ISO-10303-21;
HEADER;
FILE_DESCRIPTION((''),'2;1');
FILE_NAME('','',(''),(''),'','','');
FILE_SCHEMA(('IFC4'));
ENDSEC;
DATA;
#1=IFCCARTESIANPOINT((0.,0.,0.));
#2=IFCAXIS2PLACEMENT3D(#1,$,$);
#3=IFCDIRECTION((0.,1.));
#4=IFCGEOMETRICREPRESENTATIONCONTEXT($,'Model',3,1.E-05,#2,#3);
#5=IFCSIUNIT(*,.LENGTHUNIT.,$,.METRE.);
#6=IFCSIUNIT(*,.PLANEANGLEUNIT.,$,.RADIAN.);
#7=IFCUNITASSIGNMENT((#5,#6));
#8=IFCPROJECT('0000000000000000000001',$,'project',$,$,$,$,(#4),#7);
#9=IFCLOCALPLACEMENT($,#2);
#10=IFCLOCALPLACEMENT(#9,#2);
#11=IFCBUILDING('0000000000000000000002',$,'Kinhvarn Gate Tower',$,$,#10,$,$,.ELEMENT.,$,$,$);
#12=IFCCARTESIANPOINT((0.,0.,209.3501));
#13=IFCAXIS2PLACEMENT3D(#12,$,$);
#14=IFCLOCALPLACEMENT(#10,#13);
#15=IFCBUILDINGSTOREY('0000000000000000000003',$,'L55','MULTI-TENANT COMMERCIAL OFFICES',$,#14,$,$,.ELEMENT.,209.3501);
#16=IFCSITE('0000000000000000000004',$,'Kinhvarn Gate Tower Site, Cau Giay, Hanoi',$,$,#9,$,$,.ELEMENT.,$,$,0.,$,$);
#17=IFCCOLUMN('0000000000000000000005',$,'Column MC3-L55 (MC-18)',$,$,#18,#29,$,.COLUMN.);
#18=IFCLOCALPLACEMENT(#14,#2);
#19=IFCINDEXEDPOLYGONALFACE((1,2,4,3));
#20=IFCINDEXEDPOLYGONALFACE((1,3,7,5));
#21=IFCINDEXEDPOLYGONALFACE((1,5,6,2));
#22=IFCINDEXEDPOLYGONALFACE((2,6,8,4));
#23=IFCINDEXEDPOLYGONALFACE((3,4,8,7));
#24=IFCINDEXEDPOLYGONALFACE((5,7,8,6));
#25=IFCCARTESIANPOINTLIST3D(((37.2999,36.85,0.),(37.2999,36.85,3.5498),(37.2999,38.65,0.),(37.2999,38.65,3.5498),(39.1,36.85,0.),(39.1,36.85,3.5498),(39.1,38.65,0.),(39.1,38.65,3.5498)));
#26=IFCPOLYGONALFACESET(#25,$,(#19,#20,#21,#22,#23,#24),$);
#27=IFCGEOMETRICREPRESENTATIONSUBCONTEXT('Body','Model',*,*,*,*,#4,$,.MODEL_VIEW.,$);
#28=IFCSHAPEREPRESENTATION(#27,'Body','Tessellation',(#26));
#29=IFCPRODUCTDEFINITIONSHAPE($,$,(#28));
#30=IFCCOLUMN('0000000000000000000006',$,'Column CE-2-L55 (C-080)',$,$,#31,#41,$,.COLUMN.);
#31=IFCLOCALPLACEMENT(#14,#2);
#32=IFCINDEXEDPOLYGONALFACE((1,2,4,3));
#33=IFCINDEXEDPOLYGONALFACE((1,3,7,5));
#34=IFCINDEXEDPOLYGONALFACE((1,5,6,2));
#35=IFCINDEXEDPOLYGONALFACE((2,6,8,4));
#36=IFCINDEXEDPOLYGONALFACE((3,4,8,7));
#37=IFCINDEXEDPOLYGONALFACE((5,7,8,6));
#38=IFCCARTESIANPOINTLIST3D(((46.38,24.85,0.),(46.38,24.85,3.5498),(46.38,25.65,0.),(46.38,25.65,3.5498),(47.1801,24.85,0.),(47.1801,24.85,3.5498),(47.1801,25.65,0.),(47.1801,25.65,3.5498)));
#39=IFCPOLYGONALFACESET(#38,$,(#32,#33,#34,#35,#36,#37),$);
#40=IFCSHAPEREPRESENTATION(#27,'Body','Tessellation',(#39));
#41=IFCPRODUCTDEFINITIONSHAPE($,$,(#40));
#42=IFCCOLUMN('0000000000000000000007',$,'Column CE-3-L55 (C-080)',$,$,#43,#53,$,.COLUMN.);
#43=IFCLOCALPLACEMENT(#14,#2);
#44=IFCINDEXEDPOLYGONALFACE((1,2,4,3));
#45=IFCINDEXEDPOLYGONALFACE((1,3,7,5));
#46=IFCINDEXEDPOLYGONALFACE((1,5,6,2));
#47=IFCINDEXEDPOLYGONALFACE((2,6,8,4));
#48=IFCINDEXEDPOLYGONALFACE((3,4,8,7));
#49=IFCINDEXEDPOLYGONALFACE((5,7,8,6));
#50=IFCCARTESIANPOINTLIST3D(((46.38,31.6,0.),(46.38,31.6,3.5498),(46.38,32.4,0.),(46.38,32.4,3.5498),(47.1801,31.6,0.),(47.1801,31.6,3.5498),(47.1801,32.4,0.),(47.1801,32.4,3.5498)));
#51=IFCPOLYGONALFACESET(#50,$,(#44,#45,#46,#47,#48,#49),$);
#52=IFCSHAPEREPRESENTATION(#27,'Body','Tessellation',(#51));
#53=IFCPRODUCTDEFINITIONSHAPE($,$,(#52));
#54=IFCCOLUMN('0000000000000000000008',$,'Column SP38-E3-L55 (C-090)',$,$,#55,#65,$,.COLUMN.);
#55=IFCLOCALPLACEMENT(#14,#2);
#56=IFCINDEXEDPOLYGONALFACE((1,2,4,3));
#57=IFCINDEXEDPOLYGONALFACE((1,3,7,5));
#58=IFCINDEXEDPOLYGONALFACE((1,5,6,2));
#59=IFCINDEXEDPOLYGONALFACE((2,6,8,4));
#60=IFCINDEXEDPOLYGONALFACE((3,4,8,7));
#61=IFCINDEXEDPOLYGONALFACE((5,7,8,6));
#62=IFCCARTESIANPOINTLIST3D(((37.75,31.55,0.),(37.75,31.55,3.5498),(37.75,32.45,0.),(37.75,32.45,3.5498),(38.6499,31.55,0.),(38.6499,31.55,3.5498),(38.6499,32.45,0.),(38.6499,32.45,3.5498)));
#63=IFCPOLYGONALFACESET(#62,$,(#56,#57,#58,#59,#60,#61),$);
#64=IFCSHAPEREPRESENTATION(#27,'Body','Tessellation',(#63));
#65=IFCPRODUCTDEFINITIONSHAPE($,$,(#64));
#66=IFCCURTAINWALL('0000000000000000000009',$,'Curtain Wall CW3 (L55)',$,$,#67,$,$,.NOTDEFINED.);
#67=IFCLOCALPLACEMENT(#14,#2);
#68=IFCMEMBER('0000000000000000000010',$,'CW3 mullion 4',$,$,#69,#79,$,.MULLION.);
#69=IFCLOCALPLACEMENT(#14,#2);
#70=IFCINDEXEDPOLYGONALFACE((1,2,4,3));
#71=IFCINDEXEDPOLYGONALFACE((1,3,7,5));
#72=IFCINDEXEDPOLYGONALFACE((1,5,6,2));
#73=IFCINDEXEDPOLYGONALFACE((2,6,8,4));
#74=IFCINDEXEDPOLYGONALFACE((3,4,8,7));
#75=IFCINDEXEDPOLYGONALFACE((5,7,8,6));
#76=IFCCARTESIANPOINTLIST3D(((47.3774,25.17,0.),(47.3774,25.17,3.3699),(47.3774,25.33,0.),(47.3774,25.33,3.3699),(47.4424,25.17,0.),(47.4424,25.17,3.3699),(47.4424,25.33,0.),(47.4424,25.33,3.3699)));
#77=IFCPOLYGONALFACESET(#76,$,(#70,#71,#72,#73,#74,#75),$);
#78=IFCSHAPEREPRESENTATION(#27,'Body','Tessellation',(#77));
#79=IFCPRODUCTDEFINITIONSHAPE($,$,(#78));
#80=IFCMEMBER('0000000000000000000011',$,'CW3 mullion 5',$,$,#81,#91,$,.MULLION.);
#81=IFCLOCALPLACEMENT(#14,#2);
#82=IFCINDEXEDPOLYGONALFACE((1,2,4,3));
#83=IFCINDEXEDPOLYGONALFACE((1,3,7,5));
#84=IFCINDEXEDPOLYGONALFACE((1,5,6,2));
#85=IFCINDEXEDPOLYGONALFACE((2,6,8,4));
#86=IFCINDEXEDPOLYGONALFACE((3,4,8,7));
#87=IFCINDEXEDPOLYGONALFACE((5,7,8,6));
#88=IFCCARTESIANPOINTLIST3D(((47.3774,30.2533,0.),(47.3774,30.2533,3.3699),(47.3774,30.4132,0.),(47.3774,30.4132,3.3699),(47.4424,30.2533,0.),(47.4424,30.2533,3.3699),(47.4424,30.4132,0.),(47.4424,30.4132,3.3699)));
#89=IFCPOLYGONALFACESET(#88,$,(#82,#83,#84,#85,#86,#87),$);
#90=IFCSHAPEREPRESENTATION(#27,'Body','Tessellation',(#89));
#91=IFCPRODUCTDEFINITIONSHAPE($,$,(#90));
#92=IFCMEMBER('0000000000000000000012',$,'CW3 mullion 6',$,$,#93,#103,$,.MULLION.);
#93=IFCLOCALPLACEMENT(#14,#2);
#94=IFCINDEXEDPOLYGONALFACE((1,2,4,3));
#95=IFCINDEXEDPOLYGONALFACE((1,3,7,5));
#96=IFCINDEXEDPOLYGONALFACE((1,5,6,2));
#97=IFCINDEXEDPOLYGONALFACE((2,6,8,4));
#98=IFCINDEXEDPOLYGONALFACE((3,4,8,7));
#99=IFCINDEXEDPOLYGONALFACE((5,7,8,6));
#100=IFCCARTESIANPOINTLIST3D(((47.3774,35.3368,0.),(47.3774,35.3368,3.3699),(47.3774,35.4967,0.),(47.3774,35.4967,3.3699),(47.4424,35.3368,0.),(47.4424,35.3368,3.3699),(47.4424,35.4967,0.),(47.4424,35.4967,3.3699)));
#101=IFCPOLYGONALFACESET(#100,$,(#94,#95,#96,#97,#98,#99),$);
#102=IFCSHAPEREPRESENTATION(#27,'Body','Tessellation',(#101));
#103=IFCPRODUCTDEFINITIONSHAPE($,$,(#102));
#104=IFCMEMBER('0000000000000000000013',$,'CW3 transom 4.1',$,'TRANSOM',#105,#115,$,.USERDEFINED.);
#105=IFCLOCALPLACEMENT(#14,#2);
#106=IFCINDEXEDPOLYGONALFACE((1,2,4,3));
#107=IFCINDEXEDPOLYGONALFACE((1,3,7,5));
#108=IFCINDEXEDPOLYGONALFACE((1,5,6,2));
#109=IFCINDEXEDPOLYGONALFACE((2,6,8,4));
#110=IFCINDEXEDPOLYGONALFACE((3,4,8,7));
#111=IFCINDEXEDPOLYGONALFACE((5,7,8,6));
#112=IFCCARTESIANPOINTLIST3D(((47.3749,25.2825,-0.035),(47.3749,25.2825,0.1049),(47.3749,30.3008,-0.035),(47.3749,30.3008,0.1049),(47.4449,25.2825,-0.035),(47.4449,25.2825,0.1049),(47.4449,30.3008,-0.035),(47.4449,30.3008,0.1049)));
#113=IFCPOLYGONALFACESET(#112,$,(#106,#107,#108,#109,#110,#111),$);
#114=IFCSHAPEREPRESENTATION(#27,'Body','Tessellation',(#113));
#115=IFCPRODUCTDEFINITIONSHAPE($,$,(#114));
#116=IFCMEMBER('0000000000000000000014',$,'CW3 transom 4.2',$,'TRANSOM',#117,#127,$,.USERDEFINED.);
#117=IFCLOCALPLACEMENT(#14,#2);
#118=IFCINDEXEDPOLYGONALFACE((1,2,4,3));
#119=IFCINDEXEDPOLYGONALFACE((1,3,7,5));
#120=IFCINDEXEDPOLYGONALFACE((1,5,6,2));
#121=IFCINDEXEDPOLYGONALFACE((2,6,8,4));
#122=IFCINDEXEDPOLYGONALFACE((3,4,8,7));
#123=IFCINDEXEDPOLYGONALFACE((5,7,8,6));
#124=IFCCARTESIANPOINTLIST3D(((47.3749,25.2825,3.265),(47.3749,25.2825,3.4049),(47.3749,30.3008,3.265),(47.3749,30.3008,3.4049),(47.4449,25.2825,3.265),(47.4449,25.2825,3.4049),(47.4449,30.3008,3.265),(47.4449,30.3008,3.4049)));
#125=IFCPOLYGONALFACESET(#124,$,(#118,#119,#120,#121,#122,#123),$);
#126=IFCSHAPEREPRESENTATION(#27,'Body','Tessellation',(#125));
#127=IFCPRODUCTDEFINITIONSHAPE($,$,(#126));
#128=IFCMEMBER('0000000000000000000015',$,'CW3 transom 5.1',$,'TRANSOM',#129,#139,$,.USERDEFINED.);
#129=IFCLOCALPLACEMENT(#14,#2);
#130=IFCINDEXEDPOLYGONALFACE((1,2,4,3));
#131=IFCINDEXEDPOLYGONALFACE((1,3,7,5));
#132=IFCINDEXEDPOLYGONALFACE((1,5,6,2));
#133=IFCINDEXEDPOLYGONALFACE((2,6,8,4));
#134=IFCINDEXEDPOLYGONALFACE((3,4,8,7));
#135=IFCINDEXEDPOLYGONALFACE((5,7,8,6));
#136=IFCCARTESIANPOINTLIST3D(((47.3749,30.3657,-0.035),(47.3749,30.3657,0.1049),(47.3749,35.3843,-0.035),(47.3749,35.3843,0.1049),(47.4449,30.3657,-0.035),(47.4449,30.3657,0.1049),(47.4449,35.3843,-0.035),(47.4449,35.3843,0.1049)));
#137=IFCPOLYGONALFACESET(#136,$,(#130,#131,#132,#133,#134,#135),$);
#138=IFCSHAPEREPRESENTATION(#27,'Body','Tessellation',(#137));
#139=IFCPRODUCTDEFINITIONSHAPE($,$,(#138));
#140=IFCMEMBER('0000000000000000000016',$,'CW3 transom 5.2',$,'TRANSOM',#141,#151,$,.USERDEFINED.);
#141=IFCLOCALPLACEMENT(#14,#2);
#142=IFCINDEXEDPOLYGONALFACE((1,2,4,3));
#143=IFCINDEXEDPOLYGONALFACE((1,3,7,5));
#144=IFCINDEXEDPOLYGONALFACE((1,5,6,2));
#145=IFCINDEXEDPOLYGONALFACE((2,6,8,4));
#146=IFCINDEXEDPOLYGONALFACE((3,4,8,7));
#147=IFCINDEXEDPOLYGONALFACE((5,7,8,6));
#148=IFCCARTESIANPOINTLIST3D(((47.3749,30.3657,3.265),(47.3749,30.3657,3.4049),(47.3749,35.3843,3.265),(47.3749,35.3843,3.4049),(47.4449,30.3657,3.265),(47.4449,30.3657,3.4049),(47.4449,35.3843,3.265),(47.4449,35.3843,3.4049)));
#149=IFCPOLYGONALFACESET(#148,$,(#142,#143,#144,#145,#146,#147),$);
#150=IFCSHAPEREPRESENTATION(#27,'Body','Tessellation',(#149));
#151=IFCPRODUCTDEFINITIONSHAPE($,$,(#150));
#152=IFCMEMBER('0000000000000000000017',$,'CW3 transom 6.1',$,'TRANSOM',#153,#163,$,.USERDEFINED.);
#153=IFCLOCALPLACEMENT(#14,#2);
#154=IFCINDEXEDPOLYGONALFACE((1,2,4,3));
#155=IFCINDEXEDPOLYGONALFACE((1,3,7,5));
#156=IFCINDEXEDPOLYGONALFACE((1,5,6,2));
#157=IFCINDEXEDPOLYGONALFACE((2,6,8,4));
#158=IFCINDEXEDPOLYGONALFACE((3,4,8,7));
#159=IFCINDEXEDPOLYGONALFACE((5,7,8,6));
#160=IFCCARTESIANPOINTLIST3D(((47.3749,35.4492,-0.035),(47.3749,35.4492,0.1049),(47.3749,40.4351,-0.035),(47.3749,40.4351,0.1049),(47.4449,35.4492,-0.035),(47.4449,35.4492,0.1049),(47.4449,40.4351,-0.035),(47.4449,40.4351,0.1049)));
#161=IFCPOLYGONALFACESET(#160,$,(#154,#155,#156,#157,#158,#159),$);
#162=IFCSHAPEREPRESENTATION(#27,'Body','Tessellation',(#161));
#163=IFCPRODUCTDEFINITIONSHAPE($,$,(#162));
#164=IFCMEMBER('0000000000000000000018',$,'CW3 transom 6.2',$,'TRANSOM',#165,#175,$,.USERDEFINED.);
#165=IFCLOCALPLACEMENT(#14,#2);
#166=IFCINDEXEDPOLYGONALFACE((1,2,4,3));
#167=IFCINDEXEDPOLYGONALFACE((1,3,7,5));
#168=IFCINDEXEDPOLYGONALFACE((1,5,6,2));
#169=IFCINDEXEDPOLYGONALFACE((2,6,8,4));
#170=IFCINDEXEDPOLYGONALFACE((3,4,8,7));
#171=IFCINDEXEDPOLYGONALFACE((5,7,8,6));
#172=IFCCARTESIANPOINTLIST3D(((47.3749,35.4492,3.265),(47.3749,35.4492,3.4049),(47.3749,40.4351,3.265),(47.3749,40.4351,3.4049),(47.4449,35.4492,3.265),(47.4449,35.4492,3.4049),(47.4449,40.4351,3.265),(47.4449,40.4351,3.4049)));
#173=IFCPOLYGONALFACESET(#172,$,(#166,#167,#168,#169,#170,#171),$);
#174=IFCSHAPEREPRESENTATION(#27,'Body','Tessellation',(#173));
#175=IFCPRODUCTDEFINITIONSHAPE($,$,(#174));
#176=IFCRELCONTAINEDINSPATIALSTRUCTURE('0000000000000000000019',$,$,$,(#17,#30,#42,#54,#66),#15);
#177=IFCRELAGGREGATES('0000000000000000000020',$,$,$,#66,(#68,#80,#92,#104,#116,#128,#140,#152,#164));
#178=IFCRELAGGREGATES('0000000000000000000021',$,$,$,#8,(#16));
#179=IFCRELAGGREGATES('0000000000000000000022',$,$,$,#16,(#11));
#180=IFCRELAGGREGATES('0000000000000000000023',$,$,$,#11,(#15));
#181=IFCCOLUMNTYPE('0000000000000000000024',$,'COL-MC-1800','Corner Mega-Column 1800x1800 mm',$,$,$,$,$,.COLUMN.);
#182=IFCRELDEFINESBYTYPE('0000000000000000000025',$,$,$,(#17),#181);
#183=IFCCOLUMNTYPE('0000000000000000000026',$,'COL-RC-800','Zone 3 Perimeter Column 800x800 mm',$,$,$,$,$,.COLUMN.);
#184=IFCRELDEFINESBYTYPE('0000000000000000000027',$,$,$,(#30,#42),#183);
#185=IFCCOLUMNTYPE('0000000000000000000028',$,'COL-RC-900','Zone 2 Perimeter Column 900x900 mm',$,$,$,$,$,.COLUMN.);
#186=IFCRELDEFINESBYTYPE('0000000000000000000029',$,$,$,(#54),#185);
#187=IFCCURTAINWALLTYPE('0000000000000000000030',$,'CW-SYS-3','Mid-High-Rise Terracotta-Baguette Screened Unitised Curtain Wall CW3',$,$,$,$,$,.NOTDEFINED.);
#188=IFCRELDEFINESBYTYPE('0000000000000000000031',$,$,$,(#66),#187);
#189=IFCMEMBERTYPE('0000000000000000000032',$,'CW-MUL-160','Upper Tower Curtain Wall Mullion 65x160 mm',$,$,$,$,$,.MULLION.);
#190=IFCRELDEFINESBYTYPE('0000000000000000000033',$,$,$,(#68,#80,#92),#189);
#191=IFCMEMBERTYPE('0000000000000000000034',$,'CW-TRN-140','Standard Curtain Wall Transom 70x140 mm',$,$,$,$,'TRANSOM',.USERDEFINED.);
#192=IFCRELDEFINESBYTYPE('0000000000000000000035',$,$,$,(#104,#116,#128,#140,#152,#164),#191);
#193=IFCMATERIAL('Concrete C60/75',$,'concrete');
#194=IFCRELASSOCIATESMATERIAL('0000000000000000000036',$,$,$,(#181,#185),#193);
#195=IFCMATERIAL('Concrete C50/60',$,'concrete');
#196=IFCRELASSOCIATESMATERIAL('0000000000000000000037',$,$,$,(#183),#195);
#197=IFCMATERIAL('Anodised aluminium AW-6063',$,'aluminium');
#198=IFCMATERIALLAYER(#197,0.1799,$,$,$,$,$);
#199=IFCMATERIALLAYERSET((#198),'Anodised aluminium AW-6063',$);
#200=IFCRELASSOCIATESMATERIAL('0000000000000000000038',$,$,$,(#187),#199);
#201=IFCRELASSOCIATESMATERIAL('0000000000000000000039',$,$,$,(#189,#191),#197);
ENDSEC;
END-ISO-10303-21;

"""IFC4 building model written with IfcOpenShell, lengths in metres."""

from ifc_helpers import new_model, si_unit, direction, frame, origin, origin_2d, place, context, subcontext, project, spatial, rectangle, extrude, material, layer, layer_set, material_profile, profile_set, type_object, element, aggregate, save


model = new_model("IFC4")

# Units and contexts
model_context = context("Model", 3, precision=1e-05, world=origin(), true_north=direction((0.0, 1.0)))
body_context = subcontext(model_context, "Body", "Model", "MODEL_VIEW")
ifc_project = project(units=[si_unit("LENGTHUNIT", "METRE"), si_unit("PLANEANGLEUNIT", "RADIAN")], contexts=[model_context])

# Site, building, storey
site_placement = place(None, origin())
site = spatial("IfcSite", under=ifc_project, at=site_placement, Name="Kinhvarn Gate Tower Site, Cau Giay, Hanoi", CompositionType="ELEMENT", RefElevation=0.0)
building_placement = place(site_placement, origin())
building = spatial("IfcBuilding", under=site, at=building_placement, Name="Kinhvarn Gate Tower", CompositionType="ELEMENT")
storey_placement = place(building_placement, frame((0.0, 0.0, 209.3501)))
storey = spatial("IfcBuildingStorey", under=building, at=storey_placement, Name="L55", Description="MULTI-TENANT COMMERCIAL OFFICES", CompositionType="ELEMENT", Elevation=209.3501)

# Columns
ifc_material_1 = material(Name="Concrete C60/75", Category="concrete")
ifc_material_profile_1 = material_profile(ifc_material_1, rectangle(XDim=1.8, YDim=1.8, at=origin_2d()), Name="RC 1800x1800")
ifc_profile_set_1 = profile_set([ifc_material_profile_1], Name="Concrete C60/75")
column_type_1 = type_object("IfcColumnType", Name="COL-MC-1800", Description="Corner Mega-Column 1800x1800 mm", PredefinedType="COLUMN", material=ifc_profile_set_1)
column_1_placement = place(storey_placement, frame((38.2, 37.75, 0.0), z_axis=(0.0, 0.0, 1.0), x_axis=(1.0, 0.0, 0.0)))
element("IfcColumn", 1, at=column_1_placement, inside=storey, type_object=column_type_1, Name="Column MC3-L55 (MC-18)", PredefinedType="COLUMN", context=body_context, shape_type="SweptSolid", body=[
    extrude(rectangle(XDim=1.8, YDim=1.8, at=origin_2d()), origin(), (0.0, 0.0, 1.0), 3.5498),
])
ifc_material_2 = material(Name="Concrete C50/60", Category="concrete")
ifc_material_profile_2 = material_profile(ifc_material_2, rectangle(XDim=0.8, YDim=0.8, at=origin_2d()), Name="RC 800x800")
ifc_profile_set_2 = profile_set([ifc_material_profile_2], Name="Concrete C50/60")
column_type_2 = type_object("IfcColumnType", Name="COL-RC-800", Description="Zone 3 Perimeter Column 800x800 mm", PredefinedType="COLUMN", material=ifc_profile_set_2)
for number, where, z_axis, x_axis, name in (
    (2, (46.78, 25.25, 0.0), (0.0, 0.0, 1.0), (1.0, 0.0, 0.0), "Column CE-2-L55 (C-080)"),
    (3, (46.78, 32.0, 0.0), (0.0, 0.0, 1.0), (1.0, 0.0, 0.0), "Column CE-3-L55 (C-080)"),
):
    element("IfcColumn", number, at=place(storey_placement, frame(where, z_axis=z_axis, x_axis=x_axis)), inside=storey, type_object=column_type_2, Name=name, PredefinedType="COLUMN", context=body_context, shape_type="SweptSolid", body=[
        extrude(rectangle(XDim=0.8, YDim=0.8, at=origin_2d()), origin(), (0.0, 0.0, 1.0), 3.5498),
    ])
ifc_material_profile_3 = material_profile(ifc_material_1, rectangle(XDim=0.8999, YDim=0.8999, at=origin_2d()), Name="RC 900x900")
ifc_profile_set_3 = profile_set([ifc_material_profile_3], Name="Concrete C60/75")
column_type_3 = type_object("IfcColumnType", Name="COL-RC-900", Description="Zone 2 Perimeter Column 900x900 mm", PredefinedType="COLUMN", material=ifc_profile_set_3)
column_2_placement = place(storey_placement, frame((38.2, 32.0, 0.0), z_axis=(0.0, 0.0, 1.0), x_axis=(1.0, 0.0, 0.0)))
element("IfcColumn", 4, at=column_2_placement, inside=storey, type_object=column_type_3, Name="Column SP38-E3-L55 (C-090)", PredefinedType="COLUMN", context=body_context, shape_type="SweptSolid", body=[
    extrude(rectangle(XDim=0.8999, YDim=0.8999, at=origin_2d()), origin(), (0.0, 0.0, 1.0), 3.5498),
])

# Curtain wall, members
ifc_material_3 = material(Name="Anodised aluminium AW-6063", Category="aluminium")
ifc_layer_1 = layer(ifc_material_3, 0.1799)
ifc_layer_set_1 = layer_set([ifc_layer_1], Name="Anodised aluminium AW-6063")
curtain_wall_type = type_object("IfcCurtainWallType", Name="CW-SYS-3", Description="Mid-High-Rise Terracotta-Baguette Screened Unitised Curtain Wall CW3", PredefinedType="NOTDEFINED", material=ifc_layer_set_1)
curtain_wall_placement = place(storey_placement, origin())
curtain_wall = element("IfcCurtainWall", 5, at=curtain_wall_placement, inside=storey, type_object=curtain_wall_type, Name="Curtain Wall CW3 (L55)", PredefinedType="NOTDEFINED")
ifc_material_profile_4 = material_profile(ifc_material_3, rectangle(XDim=0.0649, YDim=0.1599, at=origin_2d()), Name="ALU 65x160")
ifc_profile_set_4 = profile_set([ifc_material_profile_4], Name="Anodised aluminium AW-6063")
member_type_1 = type_object("IfcMemberType", Name="CW-MUL-160", Description="Upper Tower Curtain Wall Mullion 65x160 mm", PredefinedType="MULLION", material=ifc_profile_set_4)
member_1_placement = place(storey_placement, frame((47.4099, 25.25, 0.0), z_axis=(0.0, 0.0, 1.0), x_axis=(-1.0, 0.0, 0.0)))
member_1 = element("IfcMember", 6, at=member_1_placement, type_object=member_type_1, Name="CW3 mullion 4", PredefinedType="MULLION", context=body_context, shape_type="SweptSolid", body=[
    extrude(rectangle(XDim=0.0649, YDim=0.1599, at=origin_2d()), origin(), (0.0, 0.0, 1.0), 3.3699),
])
member_2_placement = place(storey_placement, frame((47.4099, 30.3333, 0.0), z_axis=(0.0, 0.0, 1.0), x_axis=(-1.0, 0.0, 0.0)))
member_2 = element("IfcMember", 7, at=member_2_placement, type_object=member_type_1, Name="CW3 mullion 5", PredefinedType="MULLION", context=body_context, shape_type="SweptSolid", body=[
    extrude(rectangle(XDim=0.0649, YDim=0.1599, at=origin_2d()), origin(), (0.0, 0.0, 1.0), 3.3699),
])
member_3_placement = place(storey_placement, frame((47.4099, 35.4167, 0.0), z_axis=(0.0, 0.0, 1.0), x_axis=(-1.0, 0.0, 0.0)))
member_3 = element("IfcMember", 8, at=member_3_placement, type_object=member_type_1, Name="CW3 mullion 6", PredefinedType="MULLION", context=body_context, shape_type="SweptSolid", body=[
    extrude(rectangle(XDim=0.0649, YDim=0.1599, at=origin_2d()), origin(), (0.0, 0.0, 1.0), 3.3699),
])
ifc_material_profile_5 = material_profile(ifc_material_3, rectangle(XDim=0.0701, YDim=0.1399, at=origin_2d()), Name="ALU 70x140")
ifc_profile_set_5 = profile_set([ifc_material_profile_5], Name="Anodised aluminium AW-6063")
member_type_2 = type_object("IfcMemberType", Name="CW-TRN-140", Description="Standard Curtain Wall Transom 70x140 mm", ElementType="TRANSOM", PredefinedType="USERDEFINED", material=ifc_profile_set_5)
member_4_placement = place(storey_placement, frame((47.4099, 25.2825, 0.0349), z_axis=(0.0, 1.0, 0.0), x_axis=(-1.0, 0.0, 0.0)))
member_4 = element("IfcMember", 9, at=member_4_placement, type_object=member_type_2, Name="CW3 transom 4.1", ObjectType="TRANSOM", PredefinedType="USERDEFINED", context=body_context, shape_type="SweptSolid", body=[
    extrude(rectangle(XDim=0.0701, YDim=0.1399, at=origin_2d()), origin(), (0.0, 0.0, 1.0), 5.0183),
])
member_5_placement = place(storey_placement, frame((47.4099, 25.2825, 3.335), z_axis=(0.0, 1.0, 0.0), x_axis=(-1.0, 0.0, 0.0)))
member_5 = element("IfcMember", 10, at=member_5_placement, type_object=member_type_2, Name="CW3 transom 4.2", ObjectType="TRANSOM", PredefinedType="USERDEFINED", context=body_context, shape_type="SweptSolid", body=[
    extrude(rectangle(XDim=0.0701, YDim=0.1399, at=origin_2d()), origin(), (0.0, 0.0, 1.0), 5.0183),
])
member_6_placement = place(storey_placement, frame((47.4099, 30.3657, 0.0349), z_axis=(0.0, 1.0, 0.0), x_axis=(-1.0, 0.0, 0.0)))
member_6 = element("IfcMember", 11, at=member_6_placement, type_object=member_type_2, Name="CW3 transom 5.1", ObjectType="TRANSOM", PredefinedType="USERDEFINED", context=body_context, shape_type="SweptSolid", body=[
    extrude(rectangle(XDim=0.0701, YDim=0.1399, at=origin_2d()), origin(), (0.0, 0.0, 1.0), 5.0186),
])
member_7_placement = place(storey_placement, frame((47.4099, 30.3657, 3.335), z_axis=(0.0, 1.0, 0.0), x_axis=(-1.0, 0.0, 0.0)))
member_7 = element("IfcMember", 12, at=member_7_placement, type_object=member_type_2, Name="CW3 transom 5.2", ObjectType="TRANSOM", PredefinedType="USERDEFINED", context=body_context, shape_type="SweptSolid", body=[
    extrude(rectangle(XDim=0.0701, YDim=0.1399, at=origin_2d()), origin(), (0.0, 0.0, 1.0), 5.0186),
])
member_8_placement = place(storey_placement, frame((47.4099, 35.4492, 0.0349), z_axis=(0.0, 1.0, 0.0), x_axis=(-1.0, 0.0, 0.0)))
member_8 = element("IfcMember", 13, at=member_8_placement, type_object=member_type_2, Name="CW3 transom 6.1", ObjectType="TRANSOM", PredefinedType="USERDEFINED", context=body_context, shape_type="SweptSolid", body=[
    extrude(rectangle(XDim=0.0701, YDim=0.1399, at=origin_2d()), origin(), (0.0, 0.0, 1.0), 4.9858),
])
member_9_placement = place(storey_placement, frame((47.4099, 35.4492, 3.335), z_axis=(0.0, 1.0, 0.0), x_axis=(-1.0, 0.0, 0.0)))
member_9 = element("IfcMember", 14, at=member_9_placement, type_object=member_type_2, Name="CW3 transom 6.2", ObjectType="TRANSOM", PredefinedType="USERDEFINED", context=body_context, shape_type="SweptSolid", body=[
    extrude(rectangle(XDim=0.0701, YDim=0.1399, at=origin_2d()), origin(), (0.0, 0.0, 1.0), 4.9858),
])

aggregate(curtain_wall, [member_1, member_2, member_3, member_4, member_5, member_6, member_7, member_8, member_9])

save(model, "model.ifc")
